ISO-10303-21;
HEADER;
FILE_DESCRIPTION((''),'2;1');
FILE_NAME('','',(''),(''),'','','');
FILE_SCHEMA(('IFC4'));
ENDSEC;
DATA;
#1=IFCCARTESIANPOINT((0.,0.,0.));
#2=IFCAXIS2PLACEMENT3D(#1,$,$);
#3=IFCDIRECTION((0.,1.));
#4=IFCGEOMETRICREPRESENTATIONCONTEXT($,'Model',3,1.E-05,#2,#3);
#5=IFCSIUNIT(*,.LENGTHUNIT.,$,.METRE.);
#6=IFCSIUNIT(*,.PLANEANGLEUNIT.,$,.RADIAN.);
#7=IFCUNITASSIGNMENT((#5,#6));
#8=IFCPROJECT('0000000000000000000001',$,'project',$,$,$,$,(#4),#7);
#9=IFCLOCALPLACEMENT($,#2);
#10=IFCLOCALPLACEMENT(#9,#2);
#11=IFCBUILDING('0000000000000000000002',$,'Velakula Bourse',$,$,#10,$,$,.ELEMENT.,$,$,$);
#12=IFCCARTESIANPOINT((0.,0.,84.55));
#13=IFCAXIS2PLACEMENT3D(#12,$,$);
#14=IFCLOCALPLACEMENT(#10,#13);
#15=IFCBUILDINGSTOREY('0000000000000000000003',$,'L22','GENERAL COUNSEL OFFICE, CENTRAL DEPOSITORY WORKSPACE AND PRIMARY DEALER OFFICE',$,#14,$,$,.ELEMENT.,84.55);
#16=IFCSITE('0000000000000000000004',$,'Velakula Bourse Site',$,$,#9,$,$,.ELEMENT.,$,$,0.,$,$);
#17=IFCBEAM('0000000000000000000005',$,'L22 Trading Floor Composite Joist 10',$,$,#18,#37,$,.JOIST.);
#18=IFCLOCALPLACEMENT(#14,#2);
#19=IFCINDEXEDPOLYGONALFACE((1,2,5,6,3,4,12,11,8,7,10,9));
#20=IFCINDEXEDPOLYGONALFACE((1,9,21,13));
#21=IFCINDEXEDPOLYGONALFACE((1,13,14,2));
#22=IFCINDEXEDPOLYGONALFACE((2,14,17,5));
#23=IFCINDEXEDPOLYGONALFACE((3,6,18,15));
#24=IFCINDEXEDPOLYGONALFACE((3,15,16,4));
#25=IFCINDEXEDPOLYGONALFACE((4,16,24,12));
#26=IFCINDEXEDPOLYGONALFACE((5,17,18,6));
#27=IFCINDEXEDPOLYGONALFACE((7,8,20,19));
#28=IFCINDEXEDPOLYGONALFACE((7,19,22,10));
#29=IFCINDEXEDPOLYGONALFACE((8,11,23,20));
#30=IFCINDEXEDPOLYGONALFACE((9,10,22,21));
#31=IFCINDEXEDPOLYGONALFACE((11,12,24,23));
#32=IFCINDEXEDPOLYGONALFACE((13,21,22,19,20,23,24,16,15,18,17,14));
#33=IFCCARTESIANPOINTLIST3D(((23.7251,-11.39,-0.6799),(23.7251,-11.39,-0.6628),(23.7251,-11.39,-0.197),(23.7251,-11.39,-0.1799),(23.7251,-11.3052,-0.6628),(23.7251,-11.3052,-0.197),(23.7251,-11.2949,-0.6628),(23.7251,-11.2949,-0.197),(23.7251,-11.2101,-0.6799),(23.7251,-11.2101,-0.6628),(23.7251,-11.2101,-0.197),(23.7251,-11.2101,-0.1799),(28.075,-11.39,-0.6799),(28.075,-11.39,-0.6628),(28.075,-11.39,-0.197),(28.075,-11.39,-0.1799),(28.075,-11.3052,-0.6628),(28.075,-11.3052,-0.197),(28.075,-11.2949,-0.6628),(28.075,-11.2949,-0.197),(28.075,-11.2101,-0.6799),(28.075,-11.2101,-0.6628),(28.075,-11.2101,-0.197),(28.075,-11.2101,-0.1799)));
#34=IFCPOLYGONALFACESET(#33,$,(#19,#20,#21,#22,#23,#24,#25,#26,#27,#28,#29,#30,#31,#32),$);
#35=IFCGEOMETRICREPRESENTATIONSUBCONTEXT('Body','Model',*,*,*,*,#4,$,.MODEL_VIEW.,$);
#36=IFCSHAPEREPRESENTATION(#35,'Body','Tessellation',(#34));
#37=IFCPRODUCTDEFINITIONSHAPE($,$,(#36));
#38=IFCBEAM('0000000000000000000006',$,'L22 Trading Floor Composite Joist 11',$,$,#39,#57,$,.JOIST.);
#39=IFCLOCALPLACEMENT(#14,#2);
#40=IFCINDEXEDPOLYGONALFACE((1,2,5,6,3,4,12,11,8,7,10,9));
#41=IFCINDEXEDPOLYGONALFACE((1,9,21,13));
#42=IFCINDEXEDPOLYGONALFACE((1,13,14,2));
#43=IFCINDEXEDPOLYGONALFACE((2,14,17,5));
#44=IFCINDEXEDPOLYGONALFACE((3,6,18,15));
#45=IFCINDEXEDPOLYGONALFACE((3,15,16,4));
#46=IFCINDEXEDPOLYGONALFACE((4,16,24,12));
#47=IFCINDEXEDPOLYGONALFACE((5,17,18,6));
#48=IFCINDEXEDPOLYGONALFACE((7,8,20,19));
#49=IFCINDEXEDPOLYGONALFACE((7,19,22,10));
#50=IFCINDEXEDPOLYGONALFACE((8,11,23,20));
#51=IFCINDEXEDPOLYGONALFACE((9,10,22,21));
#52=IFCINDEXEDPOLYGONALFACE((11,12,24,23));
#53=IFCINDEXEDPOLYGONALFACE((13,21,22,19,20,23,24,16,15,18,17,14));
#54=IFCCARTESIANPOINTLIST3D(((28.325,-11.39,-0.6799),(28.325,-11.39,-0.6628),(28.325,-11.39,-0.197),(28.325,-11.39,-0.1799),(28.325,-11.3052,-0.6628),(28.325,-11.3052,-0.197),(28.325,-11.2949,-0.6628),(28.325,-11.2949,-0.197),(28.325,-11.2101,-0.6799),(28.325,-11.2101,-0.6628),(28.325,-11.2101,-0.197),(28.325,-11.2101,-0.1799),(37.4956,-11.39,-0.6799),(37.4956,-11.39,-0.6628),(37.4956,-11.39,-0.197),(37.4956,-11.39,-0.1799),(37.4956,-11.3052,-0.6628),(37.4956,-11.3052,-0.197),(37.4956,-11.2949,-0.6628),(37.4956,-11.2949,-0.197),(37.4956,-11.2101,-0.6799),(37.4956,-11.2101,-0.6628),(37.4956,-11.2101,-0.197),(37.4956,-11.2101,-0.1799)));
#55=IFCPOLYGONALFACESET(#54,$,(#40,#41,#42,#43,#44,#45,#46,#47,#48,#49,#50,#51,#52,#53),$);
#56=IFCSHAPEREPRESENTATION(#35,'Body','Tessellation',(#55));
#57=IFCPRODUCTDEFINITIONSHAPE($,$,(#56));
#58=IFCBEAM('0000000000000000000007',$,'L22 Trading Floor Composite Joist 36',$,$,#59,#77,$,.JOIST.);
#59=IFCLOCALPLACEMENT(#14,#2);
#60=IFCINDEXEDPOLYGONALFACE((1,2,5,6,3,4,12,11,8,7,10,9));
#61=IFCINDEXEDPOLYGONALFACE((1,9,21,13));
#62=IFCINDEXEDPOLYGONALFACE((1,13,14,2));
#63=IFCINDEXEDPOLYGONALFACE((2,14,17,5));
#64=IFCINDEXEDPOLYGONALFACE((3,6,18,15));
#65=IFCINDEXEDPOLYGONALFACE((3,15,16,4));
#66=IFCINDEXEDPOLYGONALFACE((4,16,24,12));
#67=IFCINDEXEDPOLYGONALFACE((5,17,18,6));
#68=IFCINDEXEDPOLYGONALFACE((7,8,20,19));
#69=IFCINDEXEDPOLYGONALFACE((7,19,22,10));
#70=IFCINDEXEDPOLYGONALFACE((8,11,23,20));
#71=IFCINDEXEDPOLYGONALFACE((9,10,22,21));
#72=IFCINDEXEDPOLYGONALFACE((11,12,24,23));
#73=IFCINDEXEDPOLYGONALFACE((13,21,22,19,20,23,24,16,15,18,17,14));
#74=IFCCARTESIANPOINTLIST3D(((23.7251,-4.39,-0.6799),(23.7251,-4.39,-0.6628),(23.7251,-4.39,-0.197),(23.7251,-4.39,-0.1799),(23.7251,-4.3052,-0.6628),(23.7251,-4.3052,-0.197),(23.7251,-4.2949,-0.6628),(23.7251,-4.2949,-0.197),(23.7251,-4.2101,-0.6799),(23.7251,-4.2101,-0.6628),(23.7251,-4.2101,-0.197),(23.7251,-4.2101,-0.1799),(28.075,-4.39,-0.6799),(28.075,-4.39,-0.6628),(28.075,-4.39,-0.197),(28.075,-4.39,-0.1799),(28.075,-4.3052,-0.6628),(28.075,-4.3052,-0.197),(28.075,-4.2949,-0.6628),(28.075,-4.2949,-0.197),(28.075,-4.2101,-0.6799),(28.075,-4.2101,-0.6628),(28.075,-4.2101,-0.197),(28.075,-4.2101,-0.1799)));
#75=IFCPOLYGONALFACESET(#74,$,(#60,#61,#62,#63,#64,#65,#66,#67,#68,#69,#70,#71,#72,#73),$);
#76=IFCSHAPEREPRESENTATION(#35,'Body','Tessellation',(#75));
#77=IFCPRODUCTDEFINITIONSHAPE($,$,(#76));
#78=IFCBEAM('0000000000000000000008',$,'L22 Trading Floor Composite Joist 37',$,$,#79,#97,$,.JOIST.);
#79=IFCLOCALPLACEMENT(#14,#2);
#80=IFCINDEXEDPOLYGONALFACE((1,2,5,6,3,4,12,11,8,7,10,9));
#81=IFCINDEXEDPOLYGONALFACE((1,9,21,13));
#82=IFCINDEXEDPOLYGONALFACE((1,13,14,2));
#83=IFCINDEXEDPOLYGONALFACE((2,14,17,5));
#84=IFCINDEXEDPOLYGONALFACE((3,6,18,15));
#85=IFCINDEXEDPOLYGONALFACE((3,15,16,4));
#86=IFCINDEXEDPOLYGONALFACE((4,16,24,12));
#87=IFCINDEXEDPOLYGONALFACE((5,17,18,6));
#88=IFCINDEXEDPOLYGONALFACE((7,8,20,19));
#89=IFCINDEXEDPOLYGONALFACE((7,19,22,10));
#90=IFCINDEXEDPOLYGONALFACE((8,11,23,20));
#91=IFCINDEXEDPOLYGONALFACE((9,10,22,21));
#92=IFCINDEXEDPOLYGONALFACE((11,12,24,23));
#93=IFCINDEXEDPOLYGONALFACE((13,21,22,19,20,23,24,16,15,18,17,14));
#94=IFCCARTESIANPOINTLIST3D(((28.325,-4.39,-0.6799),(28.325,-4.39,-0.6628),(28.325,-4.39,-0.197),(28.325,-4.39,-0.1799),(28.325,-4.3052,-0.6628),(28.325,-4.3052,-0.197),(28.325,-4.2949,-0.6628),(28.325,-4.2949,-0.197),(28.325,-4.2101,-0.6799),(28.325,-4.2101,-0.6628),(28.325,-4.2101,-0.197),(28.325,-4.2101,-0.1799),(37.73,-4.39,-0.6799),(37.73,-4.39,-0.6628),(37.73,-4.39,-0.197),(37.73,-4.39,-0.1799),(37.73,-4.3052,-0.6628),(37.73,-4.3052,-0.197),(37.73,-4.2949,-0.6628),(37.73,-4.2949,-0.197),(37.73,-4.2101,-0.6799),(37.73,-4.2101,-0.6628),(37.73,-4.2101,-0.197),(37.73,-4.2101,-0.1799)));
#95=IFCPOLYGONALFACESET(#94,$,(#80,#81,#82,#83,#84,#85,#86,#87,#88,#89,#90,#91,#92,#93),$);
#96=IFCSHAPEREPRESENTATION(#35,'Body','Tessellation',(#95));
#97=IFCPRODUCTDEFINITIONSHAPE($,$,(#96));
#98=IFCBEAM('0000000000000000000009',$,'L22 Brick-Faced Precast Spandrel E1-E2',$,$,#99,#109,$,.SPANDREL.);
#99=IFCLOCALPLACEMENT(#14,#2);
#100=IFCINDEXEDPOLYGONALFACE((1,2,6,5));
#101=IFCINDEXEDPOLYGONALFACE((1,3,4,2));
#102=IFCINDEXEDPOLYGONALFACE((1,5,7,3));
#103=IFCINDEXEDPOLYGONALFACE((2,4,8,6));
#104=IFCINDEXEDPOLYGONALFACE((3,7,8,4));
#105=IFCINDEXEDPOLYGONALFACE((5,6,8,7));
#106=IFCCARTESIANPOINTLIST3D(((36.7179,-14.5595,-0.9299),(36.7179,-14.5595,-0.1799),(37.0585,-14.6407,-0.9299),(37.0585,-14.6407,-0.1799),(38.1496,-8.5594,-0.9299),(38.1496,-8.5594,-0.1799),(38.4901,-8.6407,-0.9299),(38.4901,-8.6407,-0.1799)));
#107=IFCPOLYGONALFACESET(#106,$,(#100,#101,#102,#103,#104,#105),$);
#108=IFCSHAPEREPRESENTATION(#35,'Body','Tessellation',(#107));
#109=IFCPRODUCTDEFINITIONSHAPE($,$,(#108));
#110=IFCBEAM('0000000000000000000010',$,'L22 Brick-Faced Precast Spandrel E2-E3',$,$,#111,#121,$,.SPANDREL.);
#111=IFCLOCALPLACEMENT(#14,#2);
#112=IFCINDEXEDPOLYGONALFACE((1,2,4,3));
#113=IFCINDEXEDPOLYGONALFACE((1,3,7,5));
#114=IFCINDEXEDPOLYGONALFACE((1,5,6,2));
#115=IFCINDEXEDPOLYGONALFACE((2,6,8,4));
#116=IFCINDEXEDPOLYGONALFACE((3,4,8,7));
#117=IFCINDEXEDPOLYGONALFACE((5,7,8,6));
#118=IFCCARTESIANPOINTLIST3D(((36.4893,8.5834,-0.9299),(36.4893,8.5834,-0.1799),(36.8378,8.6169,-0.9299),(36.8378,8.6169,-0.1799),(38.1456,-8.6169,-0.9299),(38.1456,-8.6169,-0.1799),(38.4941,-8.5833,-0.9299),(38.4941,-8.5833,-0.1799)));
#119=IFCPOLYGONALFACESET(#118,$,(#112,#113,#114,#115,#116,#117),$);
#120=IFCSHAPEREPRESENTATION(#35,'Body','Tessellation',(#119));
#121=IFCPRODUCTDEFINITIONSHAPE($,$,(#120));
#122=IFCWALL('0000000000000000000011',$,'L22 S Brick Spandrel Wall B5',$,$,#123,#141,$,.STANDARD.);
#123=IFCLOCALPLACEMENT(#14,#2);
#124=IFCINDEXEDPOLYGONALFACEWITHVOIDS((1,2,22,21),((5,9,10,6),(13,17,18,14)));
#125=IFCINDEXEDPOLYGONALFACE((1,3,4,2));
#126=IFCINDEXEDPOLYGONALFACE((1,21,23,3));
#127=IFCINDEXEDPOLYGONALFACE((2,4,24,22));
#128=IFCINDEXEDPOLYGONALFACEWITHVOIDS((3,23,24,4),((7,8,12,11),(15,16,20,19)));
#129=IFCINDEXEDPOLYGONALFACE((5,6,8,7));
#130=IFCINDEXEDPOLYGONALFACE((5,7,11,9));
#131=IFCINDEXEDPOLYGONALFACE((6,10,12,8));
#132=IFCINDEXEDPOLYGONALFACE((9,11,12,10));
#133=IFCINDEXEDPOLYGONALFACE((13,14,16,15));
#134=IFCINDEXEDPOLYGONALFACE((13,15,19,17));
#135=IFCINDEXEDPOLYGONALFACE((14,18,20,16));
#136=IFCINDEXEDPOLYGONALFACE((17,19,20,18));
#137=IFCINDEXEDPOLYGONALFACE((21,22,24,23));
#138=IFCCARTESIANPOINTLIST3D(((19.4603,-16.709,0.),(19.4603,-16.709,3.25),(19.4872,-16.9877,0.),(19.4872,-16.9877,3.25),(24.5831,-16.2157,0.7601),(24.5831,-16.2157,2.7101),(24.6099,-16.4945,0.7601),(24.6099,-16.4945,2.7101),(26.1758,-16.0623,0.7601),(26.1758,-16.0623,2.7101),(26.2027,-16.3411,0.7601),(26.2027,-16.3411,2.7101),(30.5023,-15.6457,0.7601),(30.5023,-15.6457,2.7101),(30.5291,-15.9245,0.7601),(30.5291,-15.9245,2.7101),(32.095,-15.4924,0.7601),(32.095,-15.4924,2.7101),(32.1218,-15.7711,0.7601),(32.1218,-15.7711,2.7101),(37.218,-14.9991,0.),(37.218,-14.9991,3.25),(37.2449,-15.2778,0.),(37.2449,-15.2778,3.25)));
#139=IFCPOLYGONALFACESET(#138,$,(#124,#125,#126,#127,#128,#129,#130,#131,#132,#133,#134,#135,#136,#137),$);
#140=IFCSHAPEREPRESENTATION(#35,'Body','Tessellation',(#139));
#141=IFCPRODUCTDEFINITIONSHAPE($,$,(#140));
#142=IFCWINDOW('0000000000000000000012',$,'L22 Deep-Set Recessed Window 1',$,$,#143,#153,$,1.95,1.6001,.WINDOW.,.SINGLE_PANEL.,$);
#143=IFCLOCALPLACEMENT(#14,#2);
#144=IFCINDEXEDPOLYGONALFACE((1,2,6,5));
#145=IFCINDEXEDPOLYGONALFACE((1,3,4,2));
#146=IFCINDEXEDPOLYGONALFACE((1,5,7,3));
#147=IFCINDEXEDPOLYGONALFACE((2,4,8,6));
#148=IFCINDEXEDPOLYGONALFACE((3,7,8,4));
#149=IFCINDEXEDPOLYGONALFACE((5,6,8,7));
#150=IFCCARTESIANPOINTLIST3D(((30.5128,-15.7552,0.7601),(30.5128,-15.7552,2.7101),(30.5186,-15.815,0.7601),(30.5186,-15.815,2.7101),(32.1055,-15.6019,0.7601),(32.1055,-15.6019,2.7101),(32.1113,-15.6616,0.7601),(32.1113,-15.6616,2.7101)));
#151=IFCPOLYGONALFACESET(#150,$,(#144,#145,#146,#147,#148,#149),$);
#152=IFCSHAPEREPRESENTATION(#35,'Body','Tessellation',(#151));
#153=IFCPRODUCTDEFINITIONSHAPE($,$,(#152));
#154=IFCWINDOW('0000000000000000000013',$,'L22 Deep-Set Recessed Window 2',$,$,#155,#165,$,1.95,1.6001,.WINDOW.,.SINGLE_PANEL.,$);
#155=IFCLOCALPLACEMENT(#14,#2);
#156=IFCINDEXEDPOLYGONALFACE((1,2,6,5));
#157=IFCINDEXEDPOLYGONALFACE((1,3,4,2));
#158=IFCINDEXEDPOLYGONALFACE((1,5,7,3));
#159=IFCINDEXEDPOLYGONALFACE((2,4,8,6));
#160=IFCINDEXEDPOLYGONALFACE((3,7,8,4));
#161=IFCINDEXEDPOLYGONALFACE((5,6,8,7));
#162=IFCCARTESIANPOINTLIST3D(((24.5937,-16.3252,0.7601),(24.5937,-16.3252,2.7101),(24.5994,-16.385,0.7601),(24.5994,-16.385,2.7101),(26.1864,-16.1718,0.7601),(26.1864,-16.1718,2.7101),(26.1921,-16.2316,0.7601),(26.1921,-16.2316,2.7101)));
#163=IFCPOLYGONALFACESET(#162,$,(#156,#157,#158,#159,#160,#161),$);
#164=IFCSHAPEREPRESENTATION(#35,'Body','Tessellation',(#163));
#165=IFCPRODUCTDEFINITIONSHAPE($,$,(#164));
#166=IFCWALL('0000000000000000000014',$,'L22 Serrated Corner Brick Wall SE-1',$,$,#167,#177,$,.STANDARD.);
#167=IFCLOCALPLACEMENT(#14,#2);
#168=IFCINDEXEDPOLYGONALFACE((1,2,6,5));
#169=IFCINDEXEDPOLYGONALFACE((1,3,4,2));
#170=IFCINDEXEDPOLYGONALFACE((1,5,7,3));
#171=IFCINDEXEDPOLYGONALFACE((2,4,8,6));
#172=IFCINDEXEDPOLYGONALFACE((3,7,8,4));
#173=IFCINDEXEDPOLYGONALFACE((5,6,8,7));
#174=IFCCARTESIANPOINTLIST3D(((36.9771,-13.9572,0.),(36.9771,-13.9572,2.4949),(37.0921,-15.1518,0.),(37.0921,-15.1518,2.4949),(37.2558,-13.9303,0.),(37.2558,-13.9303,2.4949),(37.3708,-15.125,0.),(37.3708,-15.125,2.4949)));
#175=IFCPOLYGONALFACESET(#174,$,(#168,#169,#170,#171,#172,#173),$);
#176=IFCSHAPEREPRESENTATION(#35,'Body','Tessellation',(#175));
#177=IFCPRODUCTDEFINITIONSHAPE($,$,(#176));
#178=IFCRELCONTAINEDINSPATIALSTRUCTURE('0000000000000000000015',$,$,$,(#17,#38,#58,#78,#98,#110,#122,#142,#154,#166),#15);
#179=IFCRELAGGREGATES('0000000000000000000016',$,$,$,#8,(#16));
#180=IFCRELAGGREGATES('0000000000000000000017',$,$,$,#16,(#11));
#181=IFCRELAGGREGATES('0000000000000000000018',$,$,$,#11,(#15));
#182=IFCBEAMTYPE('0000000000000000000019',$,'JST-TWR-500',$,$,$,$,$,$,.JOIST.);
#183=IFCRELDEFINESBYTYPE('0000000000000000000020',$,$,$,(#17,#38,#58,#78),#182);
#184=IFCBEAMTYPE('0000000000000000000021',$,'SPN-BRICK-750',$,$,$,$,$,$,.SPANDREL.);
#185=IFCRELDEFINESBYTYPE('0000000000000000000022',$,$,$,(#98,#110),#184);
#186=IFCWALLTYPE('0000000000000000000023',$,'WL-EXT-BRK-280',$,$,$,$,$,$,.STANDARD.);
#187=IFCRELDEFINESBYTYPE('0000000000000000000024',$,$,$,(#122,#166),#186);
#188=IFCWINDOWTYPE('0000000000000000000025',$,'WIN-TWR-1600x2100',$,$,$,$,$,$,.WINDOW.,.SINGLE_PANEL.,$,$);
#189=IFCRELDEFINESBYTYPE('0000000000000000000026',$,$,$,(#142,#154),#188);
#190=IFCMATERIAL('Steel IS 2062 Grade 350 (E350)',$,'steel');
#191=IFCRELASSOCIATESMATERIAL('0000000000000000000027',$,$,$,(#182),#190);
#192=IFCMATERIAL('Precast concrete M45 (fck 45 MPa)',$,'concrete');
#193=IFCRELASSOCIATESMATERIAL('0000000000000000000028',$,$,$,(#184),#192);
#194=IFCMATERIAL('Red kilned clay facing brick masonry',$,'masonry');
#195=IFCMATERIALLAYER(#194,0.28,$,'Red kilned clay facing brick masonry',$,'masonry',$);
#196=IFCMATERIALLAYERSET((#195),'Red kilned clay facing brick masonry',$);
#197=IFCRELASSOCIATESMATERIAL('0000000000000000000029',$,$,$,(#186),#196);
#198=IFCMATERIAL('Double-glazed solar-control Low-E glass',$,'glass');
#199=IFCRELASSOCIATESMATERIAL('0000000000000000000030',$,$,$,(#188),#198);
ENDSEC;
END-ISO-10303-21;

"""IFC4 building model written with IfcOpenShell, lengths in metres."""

from ifc_helpers import new_model, si_unit, direction, frame, frame_2d, origin, origin_2d, place, context, subcontext, project, spatial, rectangle, i_section, extrude, material, layer, layer_set, material_profile, profile_set, type_object, element, fill, save


model = new_model("IFC4")

# Units and contexts
model_context = context("Model", 3, precision=1e-05, world=origin(), true_north=direction((0.0, 1.0)))
body_context = subcontext(model_context, "Body", "Model", "MODEL_VIEW")
ifc_project = project(units=[si_unit("LENGTHUNIT", "METRE"), si_unit("PLANEANGLEUNIT", "RADIAN")], contexts=[model_context])

# Site, building, storey
site_placement = place(None, origin())
site = spatial("IfcSite", under=ifc_project, at=site_placement, Name="Velakula Bourse Site", CompositionType="ELEMENT", RefElevation=0.0)
building_placement = place(site_placement, origin())
building = spatial("IfcBuilding", under=site, at=building_placement, Name="Velakula Bourse", CompositionType="ELEMENT")
storey_placement = place(building_placement, frame((0.0, 0.0, 84.55)))
storey = spatial("IfcBuildingStorey", under=building, at=storey_placement, Name="L22", Description="GENERAL COUNSEL OFFICE, CENTRAL DEPOSITORY WORKSPACE AND PRIMARY DEALER OFFICE", CompositionType="ELEMENT", Elevation=84.55)

# Beams
ifc_material_1 = material(Name="Steel IS 2062 Grade 350 (E350)", Category="steel")
ifc_material_profile_1 = material_profile(ifc_material_1, i_section(OverallWidth=0.1799, OverallDepth=0.5, WebThickness=0.0103, FlangeThickness=0.0171, at=origin_2d()), Name="Steel IS 2062 Grade 350 (E350)")
ifc_profile_set_1 = profile_set([ifc_material_profile_1], Name="Steel IS 2062 Grade 350 (E350)")
beam_type_1 = type_object("IfcBeamType", Name="JST-TWR-500", PredefinedType="JOIST", material=ifc_profile_set_1)
beam_1_placement = place(storey_placement, frame((23.7251, -11.3, -0.4299), z_axis=(1.0, 0.0, 0.0), x_axis=(0.0, 1.0, 0.0)))
element("IfcBeam", 1, at=beam_1_placement, inside=storey, type_object=beam_type_1, Name="L22 Trading Floor Composite Joist 10", PredefinedType="JOIST", context=body_context, shape_type="SweptSolid", body=[
    extrude(i_section(OverallWidth=0.1799, OverallDepth=0.5, WebThickness=0.0103, FlangeThickness=0.0171, at=origin_2d()), origin(), (0.0, 0.0, 1.0), 4.3499),
])
beam_2_placement = place(storey_placement, frame((28.325, -11.3, -0.4299), z_axis=(1.0, 0.0, 0.0), x_axis=(0.0, 1.0, 0.0)))
element("IfcBeam", 2, at=beam_2_placement, inside=storey, type_object=beam_type_1, Name="L22 Trading Floor Composite Joist 11", PredefinedType="JOIST", context=body_context, shape_type="SweptSolid", body=[
    extrude(i_section(OverallWidth=0.1799, OverallDepth=0.5, WebThickness=0.0103, FlangeThickness=0.0171, at=origin_2d()), origin(), (0.0, 0.0, 1.0), 9.1707),
])
beam_3_placement = place(storey_placement, frame((23.7251, -4.3, -0.4299), z_axis=(1.0, 0.0, 0.0), x_axis=(0.0, 1.0, 0.0)))
element("IfcBeam", 3, at=beam_3_placement, inside=storey, type_object=beam_type_1, Name="L22 Trading Floor Composite Joist 36", PredefinedType="JOIST", context=body_context, shape_type="SweptSolid", body=[
    extrude(i_section(OverallWidth=0.1799, OverallDepth=0.5, WebThickness=0.0103, FlangeThickness=0.0171, at=origin_2d()), origin(), (0.0, 0.0, 1.0), 4.3499),
])
beam_4_placement = place(storey_placement, frame((28.325, -4.3, -0.4299), z_axis=(1.0, 0.0, 0.0), x_axis=(0.0, 1.0, 0.0)))
element("IfcBeam", 4, at=beam_4_placement, inside=storey, type_object=beam_type_1, Name="L22 Trading Floor Composite Joist 37", PredefinedType="JOIST", context=body_context, shape_type="SweptSolid", body=[
    extrude(i_section(OverallWidth=0.1799, OverallDepth=0.5, WebThickness=0.0103, FlangeThickness=0.0171, at=origin_2d()), origin(), (0.0, 0.0, 1.0), 9.405),
])
ifc_material_2 = material(Name="Precast concrete M45 (fck 45 MPa)", Category="concrete")
ifc_material_profile_2 = material_profile(ifc_material_2, rectangle(XDim=0.3501, YDim=0.75, at=origin_2d()), Name="Precast concrete M45 (fck 45 MPa)")
ifc_profile_set_2 = profile_set([ifc_material_profile_2], Name="Precast concrete M45 (fck 45 MPa)")
beam_type_2 = type_object("IfcBeamType", Name="SPN-BRICK-750", PredefinedType="SPANDREL", material=ifc_profile_set_2)
beam_5_placement = place(storey_placement, frame((36.8882, -14.6001, -0.5549), z_axis=(0.232091, 0.972694, 0.0), x_axis=(-0.972694, 0.232091, 0.0)))
element("IfcBeam", 5, at=beam_5_placement, inside=storey, type_object=beam_type_2, Name="L22 Brick-Faced Precast Spandrel E1-E2", PredefinedType="SPANDREL", context=body_context, shape_type="SweptSolid", body=[
    extrude(rectangle(XDim=0.3501, YDim=0.75, at=origin_2d()), origin(), (0.0, 0.0, 1.0), 6.1685),
])
beam_6_placement = place(storey_placement, frame((38.3198, -8.6001, -0.5549), z_axis=(-0.095849, 0.995396, 0.0), x_axis=(-0.995396, -0.095849, 0.0)))
element("IfcBeam", 6, at=beam_6_placement, inside=storey, type_object=beam_type_2, Name="L22 Brick-Faced Precast Spandrel E2-E3", PredefinedType="SPANDREL", context=body_context, shape_type="SweptSolid", body=[
    extrude(rectangle(XDim=0.3501, YDim=0.75, at=origin_2d()), origin(), (0.0, 0.0, 1.0), 17.2798),
])

# Wall, openings, windows
ifc_material_3 = material(Name="Red kilned clay facing brick masonry", Category="masonry")
ifc_layer_1 = layer(ifc_material_3, 0.28, Name="Red kilned clay facing brick masonry", Category="masonry")
ifc_layer_set_1 = layer_set([ifc_layer_1], Name="Red kilned clay facing brick masonry")
wall_type_1 = type_object("IfcWallType", Name="WL-EXT-BRK-280", PredefinedType="STANDARD", material=ifc_layer_set_1)
wall_1_placement = place(storey_placement, frame((37.2314, -15.1384, 0.0), z_axis=(0.0, 0.0, 1.0), x_axis=(-0.995396, -0.09585, 0.0)))
wall_1 = element("IfcWall", 7, at=wall_1_placement, inside=storey, type_object=wall_type_1, Name="L22 S Brick Spandrel Wall B5", PredefinedType="STANDARD", context=body_context, shape_type="SweptSolid", body=[
    extrude(rectangle(XDim=17.8398, YDim=0.28, at=frame_2d((8.9199, 0.0))), origin(), (0.0, 0.0, 1.0), 3.25),
])
opening_1_placement = place(wall_1_placement, frame((5.1467, 0.0, 0.76)))
opening_1 = element("IfcOpeningElement", 8, at=opening_1_placement, cuts=wall_1, PredefinedType="OPENING", context=body_context, shape_type="SweptSolid", body=[
    extrude(rectangle(XDim=1.6001, YDim=1.95, at=frame_2d((0.8, 0.9751))), frame((0.0, 0.1499, 0.0), z_axis=(0.0, -1.0, 0.0), x_axis=(1.0, 0.0, 0.0)), (0.0, 0.0, 1.0), 0.3),
])
opening_2_placement = place(wall_1_placement, frame((11.0933, 0.0, 0.76)))
opening_2 = element("IfcOpeningElement", 9, at=opening_2_placement, cuts=wall_1, PredefinedType="OPENING", context=body_context, shape_type="SweptSolid", body=[
    extrude(rectangle(XDim=1.6001, YDim=1.95, at=frame_2d((0.8, 0.9751))), frame((0.0, 0.1499, 0.0), z_axis=(0.0, -1.0, 0.0), x_axis=(1.0, 0.0, 0.0)), (0.0, 0.0, 1.0), 0.3),
])
ifc_material_4 = material(Name="Double-glazed solar-control Low-E glass", Category="glass")
window_type = type_object("IfcWindowType", Name="WIN-TWR-1600x2100", PartitioningType="SINGLE_PANEL", PredefinedType="WINDOW", material=ifc_material_4)
window_1_placement = place(opening_1_placement, origin())
window_1 = element("IfcWindow", 10, at=window_1_placement, inside=storey, type_object=window_type, Name="L22 Deep-Set Recessed Window 1", OverallHeight=1.95, OverallWidth=1.6001, PartitioningType="SINGLE_PANEL", PredefinedType="WINDOW", context=body_context, shape_type="SweptSolid", body=[
    extrude(rectangle(XDim=1.6001, YDim=1.95, at=frame_2d((0.8, 0.9751))), frame((0.0, 0.03, 0.0), z_axis=(0.0, -1.0, 0.0), x_axis=(1.0, 0.0, 0.0)), (0.0, 0.0, 1.0), 0.0601),
])
fill(opening_1, window_1)
window_2_placement = place(opening_2_placement, origin())
window_2 = element("IfcWindow", 11, at=window_2_placement, inside=storey, type_object=window_type, Name="L22 Deep-Set Recessed Window 2", OverallHeight=1.95, OverallWidth=1.6001, PartitioningType="SINGLE_PANEL", PredefinedType="WINDOW", context=body_context, shape_type="SweptSolid", body=[
    extrude(rectangle(XDim=1.6001, YDim=1.95, at=frame_2d((0.8, 0.9751))), frame((0.0, 0.03, 0.0), z_axis=(0.0, -1.0, 0.0), x_axis=(1.0, 0.0, 0.0)), (0.0, 0.0, 1.0), 0.0601),
])
fill(opening_2, window_2)

# Wall
for number, where, z_axis, x_axis, name in (
    (12, (37.2314, -15.1384, 0.0), (0.0, 0.0, 1.0), (-0.095817, 0.995399, 0.0), "L22 Serrated Corner Brick Wall SE-1"),
):
    element("IfcWall", number, at=place(storey_placement, frame(where, z_axis=z_axis, x_axis=x_axis)), inside=storey, type_object=wall_type_1, Name=name, PredefinedType="STANDARD", context=body_context, shape_type="SweptSolid", body=[
        extrude(rectangle(XDim=1.2002, YDim=0.28, at=frame_2d((0.6001, 0.0))), origin(), (0.0, 0.0, 1.0), 2.4949),
    ])

save(model, "model.ifc")
